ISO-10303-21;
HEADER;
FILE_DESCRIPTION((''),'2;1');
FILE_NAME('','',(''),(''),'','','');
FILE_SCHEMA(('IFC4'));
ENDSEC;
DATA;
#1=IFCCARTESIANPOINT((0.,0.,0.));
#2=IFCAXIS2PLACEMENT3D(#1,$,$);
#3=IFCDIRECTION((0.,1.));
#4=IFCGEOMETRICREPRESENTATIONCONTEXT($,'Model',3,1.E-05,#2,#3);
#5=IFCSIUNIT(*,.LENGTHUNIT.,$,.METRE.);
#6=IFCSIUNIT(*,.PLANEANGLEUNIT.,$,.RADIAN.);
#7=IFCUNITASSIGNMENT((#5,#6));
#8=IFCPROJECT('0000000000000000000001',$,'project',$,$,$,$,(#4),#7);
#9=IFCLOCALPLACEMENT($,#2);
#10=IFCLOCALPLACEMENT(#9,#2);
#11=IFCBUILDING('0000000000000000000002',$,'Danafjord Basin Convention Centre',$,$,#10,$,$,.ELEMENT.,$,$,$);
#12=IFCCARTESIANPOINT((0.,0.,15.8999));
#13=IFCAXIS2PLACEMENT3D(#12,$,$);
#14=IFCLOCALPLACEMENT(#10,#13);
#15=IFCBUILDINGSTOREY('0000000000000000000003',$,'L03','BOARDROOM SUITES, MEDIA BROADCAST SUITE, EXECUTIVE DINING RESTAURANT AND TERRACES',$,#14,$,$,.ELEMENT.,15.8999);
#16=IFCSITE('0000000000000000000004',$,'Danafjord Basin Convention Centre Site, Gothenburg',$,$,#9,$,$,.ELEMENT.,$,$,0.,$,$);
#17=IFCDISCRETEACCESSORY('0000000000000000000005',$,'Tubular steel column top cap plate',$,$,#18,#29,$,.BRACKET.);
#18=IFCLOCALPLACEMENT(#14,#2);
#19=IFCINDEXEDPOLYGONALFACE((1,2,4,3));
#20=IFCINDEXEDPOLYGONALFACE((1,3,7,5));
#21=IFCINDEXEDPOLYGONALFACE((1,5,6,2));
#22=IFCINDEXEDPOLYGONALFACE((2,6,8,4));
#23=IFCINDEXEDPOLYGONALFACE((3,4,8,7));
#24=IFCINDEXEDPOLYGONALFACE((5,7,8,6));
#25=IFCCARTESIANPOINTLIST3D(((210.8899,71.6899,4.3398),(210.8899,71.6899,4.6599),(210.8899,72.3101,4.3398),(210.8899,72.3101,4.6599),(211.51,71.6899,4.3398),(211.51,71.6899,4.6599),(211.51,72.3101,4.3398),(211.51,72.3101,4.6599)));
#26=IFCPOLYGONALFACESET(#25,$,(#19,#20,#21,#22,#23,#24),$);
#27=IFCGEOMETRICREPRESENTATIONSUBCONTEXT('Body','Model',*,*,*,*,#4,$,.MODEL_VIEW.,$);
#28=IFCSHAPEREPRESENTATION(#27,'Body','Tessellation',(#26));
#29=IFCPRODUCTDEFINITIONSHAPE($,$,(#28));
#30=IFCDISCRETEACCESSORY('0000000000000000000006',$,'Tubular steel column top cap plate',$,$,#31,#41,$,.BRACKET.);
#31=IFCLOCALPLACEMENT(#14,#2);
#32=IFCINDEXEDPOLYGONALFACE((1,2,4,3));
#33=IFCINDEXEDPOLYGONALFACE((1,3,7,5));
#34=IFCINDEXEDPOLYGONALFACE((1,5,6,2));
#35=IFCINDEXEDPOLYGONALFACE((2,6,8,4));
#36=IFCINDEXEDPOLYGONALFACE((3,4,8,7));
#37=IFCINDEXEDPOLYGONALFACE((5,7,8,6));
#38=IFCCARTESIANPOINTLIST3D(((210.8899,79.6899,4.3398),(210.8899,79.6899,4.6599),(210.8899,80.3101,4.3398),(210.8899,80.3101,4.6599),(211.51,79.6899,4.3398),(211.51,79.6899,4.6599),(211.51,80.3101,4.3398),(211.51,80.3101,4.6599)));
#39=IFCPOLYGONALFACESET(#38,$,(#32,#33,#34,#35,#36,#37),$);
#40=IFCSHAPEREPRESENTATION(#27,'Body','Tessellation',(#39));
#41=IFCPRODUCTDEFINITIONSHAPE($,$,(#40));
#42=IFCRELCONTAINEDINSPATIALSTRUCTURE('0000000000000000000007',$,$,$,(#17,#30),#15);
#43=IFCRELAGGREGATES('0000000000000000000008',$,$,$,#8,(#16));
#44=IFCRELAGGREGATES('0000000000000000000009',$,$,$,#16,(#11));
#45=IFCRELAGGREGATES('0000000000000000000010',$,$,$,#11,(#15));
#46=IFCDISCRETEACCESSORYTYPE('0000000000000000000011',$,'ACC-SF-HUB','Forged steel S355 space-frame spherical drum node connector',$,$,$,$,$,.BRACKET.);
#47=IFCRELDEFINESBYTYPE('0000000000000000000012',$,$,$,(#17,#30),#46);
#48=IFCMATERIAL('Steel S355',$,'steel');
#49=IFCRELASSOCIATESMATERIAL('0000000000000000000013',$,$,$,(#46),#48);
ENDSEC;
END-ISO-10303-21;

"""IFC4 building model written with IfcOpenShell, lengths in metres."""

from ifc_helpers import new_model, si_unit, direction, frame, origin, origin_2d, place, context, subcontext, project, spatial, rectangle, extrude, material, type_object, element, save


model = new_model("IFC4")

# Units and contexts
model_context = context("Model", 3, precision=1e-05, world=origin(), true_north=direction((0.0, 1.0)))
body_context = subcontext(model_context, "Body", "Model", "MODEL_VIEW")
ifc_project = project(units=[si_unit("LENGTHUNIT", "METRE"), si_unit("PLANEANGLEUNIT", "RADIAN")], contexts=[model_context])

# Site, building, storey
site_placement = place(None, origin())
site = spatial("IfcSite", under=ifc_project, at=site_placement, Name="Danafjord Basin Convention Centre Site, Gothenburg", CompositionType="ELEMENT", RefElevation=0.0)
building_placement = place(site_placement, origin())
building = spatial("IfcBuilding", under=site, at=building_placement, Name="Danafjord Basin Convention Centre", CompositionType="ELEMENT")
storey_placement = place(building_placement, frame((0.0, 0.0, 15.8999)))
storey = spatial("IfcBuildingStorey", under=building, at=storey_placement, Name="L03", Description="BOARDROOM SUITES, MEDIA BROADCAST SUITE, EXECUTIVE DINING RESTAURANT AND TERRACES", CompositionType="ELEMENT", Elevation=15.8999)

# Shared definitions
ifc_material_1 = material(Name="Steel S355", Category="steel")

# Discrete accessories
discrete_accessory_type = type_object("IfcDiscreteAccessoryType", Name="ACC-SF-HUB", Description="Forged steel S355 space-frame spherical drum node connector", PredefinedType="BRACKET", material=ifc_material_1)
for number, where, z_axis, x_axis, name in (
    (1, (211.2, 72.0, 4.3398), (0.0, 0.0, 1.0), (1.0, 0.0, 0.0), "Tubular steel column top cap plate"),
    (2, (211.2, 80.0, 4.3398), (0.0, 0.0, 1.0), (1.0, 0.0, 0.0), "Tubular steel column top cap plate"),
):
    element("IfcDiscreteAccessory", number, at=place(storey_placement, frame(where, z_axis=z_axis, x_axis=x_axis)), inside=storey, type_object=discrete_accessory_type, Name=name, PredefinedType="BRACKET", context=body_context, shape_type="SweptSolid", body=[
        extrude(rectangle(XDim=0.6201, YDim=0.6201, at=origin_2d()), origin(), (0.0, 0.0, 1.0), 0.3201),
    ])

save(model, "model.ifc")
